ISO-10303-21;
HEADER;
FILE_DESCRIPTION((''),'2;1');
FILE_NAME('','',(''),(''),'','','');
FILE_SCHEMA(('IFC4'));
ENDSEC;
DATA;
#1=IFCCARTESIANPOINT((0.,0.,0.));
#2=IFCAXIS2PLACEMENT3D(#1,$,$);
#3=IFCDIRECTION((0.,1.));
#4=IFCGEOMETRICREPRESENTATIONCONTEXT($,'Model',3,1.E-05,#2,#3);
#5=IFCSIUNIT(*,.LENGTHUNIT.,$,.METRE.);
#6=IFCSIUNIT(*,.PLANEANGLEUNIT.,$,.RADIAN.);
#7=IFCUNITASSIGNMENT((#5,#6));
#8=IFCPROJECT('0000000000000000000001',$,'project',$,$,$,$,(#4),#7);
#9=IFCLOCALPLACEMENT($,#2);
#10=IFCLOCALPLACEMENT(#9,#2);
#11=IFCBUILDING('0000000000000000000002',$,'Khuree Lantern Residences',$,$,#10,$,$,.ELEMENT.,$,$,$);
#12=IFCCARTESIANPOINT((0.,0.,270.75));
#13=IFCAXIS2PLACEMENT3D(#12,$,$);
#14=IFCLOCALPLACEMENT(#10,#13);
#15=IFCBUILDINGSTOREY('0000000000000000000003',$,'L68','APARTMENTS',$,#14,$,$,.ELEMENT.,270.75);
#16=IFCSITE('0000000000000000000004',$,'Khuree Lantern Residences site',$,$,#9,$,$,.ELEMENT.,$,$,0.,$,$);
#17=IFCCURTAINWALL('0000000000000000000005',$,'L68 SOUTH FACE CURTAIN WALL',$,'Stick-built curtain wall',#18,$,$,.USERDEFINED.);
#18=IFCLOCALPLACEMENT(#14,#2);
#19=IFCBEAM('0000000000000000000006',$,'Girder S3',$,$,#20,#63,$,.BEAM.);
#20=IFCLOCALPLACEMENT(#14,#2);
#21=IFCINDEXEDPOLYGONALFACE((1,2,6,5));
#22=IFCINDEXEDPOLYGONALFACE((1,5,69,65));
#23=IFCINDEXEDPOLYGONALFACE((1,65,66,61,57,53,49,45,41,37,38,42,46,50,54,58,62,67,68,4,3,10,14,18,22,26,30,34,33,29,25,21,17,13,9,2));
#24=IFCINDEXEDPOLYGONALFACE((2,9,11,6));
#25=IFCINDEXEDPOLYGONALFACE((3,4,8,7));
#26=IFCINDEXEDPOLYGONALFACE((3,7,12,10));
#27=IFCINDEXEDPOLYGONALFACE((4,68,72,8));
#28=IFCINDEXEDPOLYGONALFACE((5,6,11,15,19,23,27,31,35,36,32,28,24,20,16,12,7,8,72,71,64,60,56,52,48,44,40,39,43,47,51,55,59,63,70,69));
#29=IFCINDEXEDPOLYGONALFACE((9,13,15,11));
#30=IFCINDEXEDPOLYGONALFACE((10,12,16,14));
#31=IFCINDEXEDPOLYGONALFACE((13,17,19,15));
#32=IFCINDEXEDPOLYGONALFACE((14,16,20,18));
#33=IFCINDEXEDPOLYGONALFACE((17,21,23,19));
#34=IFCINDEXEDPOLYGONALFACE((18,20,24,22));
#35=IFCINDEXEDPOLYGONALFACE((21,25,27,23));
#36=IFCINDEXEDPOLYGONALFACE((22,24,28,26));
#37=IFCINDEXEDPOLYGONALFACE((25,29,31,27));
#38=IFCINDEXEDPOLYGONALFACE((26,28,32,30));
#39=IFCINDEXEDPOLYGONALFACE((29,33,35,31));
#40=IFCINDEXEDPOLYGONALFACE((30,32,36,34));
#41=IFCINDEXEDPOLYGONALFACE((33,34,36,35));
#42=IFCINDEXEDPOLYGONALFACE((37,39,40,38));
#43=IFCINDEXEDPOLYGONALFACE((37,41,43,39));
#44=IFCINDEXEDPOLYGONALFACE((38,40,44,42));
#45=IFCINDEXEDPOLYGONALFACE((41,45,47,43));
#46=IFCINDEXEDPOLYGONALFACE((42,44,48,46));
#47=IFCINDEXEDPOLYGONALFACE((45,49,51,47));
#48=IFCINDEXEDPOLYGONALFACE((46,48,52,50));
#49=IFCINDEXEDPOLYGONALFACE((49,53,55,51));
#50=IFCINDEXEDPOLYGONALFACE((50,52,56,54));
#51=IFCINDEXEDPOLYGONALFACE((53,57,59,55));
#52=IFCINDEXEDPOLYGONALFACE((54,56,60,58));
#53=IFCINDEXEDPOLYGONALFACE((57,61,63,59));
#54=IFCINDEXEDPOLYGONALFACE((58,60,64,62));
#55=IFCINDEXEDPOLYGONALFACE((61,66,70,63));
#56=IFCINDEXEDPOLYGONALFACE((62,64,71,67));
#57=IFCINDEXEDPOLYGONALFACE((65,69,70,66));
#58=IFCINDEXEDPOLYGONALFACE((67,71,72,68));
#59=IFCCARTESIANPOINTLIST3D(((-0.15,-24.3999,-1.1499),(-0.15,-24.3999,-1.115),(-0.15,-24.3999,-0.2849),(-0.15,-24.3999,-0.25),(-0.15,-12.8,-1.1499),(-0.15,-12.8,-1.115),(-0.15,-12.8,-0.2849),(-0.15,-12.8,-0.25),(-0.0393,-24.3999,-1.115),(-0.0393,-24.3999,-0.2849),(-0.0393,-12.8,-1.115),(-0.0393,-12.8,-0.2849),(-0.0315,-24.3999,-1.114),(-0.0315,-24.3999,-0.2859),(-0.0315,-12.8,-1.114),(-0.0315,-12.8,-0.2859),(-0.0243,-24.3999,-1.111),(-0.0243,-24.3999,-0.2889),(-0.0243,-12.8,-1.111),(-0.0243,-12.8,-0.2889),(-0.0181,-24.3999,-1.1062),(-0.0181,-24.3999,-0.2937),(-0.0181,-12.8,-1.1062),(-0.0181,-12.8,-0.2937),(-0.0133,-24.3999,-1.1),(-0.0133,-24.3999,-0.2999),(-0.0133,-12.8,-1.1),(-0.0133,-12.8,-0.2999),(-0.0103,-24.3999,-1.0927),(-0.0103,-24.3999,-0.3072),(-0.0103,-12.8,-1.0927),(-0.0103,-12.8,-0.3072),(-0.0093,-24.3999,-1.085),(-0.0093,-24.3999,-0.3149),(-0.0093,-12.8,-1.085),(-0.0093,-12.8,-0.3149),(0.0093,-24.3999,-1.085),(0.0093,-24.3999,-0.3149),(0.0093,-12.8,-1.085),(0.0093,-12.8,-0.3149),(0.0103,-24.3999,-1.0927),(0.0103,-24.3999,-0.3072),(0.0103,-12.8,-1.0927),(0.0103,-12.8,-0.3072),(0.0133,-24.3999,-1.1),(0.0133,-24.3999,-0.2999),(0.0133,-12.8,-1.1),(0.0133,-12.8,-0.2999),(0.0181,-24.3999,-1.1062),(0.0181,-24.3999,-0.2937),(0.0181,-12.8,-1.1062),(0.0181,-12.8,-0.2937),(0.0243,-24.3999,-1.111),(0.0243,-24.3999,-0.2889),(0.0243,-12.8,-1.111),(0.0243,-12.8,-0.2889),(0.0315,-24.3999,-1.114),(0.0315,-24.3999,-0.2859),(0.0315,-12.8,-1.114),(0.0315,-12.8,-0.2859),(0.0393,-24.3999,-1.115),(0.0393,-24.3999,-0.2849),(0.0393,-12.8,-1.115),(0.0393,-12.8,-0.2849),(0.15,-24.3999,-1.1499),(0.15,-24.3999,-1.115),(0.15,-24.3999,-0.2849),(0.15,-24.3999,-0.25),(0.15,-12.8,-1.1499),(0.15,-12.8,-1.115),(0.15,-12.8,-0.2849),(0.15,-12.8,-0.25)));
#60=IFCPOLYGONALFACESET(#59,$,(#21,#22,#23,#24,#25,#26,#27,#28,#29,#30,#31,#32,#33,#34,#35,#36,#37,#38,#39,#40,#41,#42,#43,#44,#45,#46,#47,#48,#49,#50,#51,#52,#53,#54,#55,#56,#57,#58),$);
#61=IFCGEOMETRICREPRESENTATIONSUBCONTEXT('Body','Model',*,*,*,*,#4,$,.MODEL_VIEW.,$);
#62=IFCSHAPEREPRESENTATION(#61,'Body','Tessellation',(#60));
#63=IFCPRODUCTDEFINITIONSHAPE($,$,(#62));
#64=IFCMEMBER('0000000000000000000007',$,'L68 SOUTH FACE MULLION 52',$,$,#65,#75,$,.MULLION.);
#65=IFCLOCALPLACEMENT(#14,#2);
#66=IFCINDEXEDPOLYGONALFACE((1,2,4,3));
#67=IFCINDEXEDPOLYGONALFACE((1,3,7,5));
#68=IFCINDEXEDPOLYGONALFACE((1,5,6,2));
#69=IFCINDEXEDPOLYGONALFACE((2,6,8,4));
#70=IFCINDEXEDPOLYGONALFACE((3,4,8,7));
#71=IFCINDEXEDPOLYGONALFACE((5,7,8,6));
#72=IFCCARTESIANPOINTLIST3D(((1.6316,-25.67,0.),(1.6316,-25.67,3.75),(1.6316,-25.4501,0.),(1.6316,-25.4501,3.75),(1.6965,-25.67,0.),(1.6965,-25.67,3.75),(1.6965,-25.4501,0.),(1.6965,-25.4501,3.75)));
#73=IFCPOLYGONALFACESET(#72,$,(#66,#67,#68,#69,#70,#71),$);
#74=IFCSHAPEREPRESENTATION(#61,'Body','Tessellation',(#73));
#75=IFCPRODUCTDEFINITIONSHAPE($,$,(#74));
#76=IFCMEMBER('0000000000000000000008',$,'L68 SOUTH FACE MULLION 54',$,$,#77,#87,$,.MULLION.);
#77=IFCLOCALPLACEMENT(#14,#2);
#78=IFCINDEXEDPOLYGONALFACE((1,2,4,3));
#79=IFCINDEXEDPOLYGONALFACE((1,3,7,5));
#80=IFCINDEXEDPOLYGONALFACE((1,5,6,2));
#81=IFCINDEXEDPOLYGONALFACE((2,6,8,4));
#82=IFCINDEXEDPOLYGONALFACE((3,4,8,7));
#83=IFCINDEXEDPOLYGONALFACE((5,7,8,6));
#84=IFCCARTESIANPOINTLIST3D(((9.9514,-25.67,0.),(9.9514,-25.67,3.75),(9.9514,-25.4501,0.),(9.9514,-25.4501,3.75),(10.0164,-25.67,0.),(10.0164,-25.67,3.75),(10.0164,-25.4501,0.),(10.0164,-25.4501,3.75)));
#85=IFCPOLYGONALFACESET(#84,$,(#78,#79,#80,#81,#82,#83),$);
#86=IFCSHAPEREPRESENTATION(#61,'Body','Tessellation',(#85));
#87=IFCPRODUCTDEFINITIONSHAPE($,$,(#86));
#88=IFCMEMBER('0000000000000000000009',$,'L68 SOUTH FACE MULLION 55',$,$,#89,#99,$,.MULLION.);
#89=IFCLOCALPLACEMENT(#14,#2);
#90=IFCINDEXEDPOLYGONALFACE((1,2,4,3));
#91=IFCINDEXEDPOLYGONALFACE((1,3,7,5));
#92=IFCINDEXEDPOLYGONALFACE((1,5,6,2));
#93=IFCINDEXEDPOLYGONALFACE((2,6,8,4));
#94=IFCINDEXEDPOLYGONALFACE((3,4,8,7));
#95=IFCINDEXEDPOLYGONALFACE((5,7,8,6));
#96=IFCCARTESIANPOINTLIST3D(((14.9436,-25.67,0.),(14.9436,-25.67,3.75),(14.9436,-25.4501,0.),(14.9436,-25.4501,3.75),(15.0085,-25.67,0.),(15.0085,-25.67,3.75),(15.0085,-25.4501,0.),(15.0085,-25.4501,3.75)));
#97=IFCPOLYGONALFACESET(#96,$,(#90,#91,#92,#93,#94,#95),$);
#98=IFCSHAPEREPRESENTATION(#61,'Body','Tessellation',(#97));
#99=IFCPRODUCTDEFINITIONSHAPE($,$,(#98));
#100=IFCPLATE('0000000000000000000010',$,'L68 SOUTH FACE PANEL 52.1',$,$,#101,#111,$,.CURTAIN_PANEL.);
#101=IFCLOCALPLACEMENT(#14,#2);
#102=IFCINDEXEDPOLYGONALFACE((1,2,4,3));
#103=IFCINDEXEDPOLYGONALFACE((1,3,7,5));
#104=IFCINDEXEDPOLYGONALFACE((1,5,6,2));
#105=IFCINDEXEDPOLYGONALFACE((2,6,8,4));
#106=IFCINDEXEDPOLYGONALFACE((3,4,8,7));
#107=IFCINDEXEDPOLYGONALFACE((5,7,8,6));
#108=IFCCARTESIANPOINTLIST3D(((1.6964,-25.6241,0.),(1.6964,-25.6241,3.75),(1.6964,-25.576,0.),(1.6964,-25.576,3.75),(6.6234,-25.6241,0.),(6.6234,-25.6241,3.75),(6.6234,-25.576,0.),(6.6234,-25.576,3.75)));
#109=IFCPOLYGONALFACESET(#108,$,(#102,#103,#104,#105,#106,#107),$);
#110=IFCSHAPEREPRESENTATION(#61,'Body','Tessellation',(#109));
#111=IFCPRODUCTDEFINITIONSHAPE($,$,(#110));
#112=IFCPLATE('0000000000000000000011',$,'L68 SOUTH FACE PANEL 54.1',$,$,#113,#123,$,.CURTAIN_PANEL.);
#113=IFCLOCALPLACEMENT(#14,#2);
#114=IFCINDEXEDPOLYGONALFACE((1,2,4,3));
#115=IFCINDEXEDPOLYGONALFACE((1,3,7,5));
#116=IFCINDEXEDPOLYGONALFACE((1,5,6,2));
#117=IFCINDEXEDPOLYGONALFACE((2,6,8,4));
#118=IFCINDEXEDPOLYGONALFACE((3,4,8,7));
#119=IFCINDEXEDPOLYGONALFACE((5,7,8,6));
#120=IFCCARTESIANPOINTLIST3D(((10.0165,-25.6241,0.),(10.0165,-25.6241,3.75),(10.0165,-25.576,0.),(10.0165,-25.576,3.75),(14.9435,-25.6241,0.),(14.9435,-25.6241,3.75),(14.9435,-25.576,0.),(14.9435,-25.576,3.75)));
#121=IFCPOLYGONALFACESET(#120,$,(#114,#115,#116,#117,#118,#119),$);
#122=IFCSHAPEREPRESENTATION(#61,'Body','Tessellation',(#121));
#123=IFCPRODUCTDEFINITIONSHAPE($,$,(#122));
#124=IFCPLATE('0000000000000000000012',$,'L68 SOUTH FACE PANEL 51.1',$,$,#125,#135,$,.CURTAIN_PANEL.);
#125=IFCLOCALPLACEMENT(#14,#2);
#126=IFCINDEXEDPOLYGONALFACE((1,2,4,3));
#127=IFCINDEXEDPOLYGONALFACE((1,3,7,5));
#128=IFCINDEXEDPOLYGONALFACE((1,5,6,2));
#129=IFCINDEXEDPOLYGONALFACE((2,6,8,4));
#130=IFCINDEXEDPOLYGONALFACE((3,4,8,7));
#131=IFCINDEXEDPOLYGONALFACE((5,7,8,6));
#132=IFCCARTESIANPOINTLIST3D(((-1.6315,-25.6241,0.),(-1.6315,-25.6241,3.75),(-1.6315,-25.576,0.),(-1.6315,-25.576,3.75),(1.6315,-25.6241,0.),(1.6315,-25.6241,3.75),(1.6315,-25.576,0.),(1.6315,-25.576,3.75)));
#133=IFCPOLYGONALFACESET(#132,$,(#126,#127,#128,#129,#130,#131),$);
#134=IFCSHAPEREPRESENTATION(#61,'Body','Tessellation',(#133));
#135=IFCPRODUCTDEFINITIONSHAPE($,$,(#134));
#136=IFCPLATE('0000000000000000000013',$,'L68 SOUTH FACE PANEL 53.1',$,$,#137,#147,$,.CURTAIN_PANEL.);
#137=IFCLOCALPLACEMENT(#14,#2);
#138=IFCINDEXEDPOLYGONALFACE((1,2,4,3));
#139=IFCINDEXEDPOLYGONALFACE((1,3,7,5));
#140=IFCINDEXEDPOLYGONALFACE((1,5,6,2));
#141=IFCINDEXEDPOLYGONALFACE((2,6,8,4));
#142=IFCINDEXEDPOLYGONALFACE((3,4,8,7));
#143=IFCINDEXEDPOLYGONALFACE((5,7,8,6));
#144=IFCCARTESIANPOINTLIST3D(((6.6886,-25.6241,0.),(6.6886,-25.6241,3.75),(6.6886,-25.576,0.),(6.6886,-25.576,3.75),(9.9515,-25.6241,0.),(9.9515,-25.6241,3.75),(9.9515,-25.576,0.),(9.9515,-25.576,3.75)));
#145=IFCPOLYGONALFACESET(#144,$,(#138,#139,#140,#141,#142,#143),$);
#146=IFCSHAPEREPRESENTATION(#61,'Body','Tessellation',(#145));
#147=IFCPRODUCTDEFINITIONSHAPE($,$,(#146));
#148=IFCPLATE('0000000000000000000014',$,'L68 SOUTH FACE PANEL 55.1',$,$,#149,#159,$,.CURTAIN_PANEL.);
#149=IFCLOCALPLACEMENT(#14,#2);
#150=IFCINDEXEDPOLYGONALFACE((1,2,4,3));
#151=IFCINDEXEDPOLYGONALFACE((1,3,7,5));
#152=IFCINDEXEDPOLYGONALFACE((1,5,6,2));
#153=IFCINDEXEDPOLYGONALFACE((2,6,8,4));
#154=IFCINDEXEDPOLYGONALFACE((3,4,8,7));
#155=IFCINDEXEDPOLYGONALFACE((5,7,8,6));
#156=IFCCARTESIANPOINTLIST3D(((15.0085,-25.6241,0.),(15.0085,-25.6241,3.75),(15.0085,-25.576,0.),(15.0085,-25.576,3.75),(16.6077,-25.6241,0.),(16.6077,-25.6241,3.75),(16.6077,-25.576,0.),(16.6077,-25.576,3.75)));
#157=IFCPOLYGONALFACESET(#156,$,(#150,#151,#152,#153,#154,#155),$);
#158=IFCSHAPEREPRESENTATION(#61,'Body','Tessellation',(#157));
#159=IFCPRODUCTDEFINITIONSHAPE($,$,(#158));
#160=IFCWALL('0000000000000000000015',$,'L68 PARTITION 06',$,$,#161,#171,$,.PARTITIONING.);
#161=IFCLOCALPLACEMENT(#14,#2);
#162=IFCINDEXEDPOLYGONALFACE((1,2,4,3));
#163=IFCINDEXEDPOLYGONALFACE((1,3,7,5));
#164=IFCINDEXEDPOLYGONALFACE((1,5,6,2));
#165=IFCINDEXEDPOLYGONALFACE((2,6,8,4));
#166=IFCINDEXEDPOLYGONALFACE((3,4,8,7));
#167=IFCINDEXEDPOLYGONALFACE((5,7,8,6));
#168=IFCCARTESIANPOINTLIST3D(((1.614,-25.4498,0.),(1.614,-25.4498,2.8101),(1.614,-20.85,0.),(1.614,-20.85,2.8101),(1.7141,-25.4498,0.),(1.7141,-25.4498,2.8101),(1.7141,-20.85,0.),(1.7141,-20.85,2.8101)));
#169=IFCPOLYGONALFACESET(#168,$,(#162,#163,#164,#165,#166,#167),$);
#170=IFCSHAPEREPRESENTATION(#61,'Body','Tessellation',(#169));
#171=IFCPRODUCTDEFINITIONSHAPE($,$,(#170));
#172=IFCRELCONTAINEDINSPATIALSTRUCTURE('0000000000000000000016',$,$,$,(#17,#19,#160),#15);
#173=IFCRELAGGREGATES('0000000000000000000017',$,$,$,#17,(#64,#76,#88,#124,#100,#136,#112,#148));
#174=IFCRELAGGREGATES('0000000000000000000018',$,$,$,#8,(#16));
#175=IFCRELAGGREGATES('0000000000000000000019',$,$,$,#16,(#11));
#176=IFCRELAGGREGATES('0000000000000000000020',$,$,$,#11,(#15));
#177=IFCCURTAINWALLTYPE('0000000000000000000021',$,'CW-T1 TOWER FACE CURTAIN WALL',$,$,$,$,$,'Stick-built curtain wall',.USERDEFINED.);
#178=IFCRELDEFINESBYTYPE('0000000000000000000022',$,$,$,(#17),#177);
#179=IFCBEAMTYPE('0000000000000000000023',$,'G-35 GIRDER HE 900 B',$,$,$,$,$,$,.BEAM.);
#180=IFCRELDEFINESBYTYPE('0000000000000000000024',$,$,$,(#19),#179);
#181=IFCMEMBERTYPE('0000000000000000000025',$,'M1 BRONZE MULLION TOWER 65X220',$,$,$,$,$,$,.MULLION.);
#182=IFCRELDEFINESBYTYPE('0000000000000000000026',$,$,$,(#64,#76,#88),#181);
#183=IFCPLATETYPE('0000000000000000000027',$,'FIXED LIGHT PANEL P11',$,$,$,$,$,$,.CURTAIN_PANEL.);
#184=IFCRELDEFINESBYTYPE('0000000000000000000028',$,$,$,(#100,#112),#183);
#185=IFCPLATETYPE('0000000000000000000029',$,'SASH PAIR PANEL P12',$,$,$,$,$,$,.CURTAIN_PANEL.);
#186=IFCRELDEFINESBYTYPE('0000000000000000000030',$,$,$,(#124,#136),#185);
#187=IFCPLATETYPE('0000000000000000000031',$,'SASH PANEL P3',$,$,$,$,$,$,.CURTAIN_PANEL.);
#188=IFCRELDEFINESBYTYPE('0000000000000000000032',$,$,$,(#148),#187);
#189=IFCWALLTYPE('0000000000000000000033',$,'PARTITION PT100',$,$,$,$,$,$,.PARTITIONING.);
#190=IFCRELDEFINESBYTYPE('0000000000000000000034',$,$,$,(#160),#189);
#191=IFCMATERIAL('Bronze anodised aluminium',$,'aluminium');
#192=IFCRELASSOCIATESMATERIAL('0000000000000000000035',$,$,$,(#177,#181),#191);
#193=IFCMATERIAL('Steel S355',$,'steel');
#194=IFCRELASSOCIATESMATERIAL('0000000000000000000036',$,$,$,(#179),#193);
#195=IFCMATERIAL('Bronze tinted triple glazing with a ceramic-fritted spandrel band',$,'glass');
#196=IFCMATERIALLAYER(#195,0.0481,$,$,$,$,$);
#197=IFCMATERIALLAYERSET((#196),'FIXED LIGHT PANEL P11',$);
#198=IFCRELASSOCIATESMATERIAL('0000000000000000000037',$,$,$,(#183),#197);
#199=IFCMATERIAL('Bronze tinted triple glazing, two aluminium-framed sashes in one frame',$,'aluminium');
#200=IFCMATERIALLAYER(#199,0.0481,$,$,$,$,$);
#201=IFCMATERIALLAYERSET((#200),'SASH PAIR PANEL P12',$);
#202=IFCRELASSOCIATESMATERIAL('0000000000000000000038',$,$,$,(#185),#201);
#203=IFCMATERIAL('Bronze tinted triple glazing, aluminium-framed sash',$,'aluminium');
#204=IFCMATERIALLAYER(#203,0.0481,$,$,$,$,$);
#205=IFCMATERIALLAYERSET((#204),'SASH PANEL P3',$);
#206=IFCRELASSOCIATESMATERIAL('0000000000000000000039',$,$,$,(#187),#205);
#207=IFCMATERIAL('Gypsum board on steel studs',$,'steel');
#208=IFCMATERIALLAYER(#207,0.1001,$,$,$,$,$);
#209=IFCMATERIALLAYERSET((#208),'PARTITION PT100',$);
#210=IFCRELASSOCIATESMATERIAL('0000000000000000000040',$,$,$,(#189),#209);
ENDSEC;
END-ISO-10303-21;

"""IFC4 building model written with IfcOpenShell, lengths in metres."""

from ifc_helpers import new_model, si_unit, direction, frame, frame_2d, origin, origin_2d, place, context, subcontext, project, spatial, rectangle, i_section, extrude, material, layer, layer_set, material_profile, profile_set, type_object, element, aggregate, save


model = new_model("IFC4")

# Units and contexts
model_context = context("Model", 3, precision=1e-05, world=origin(), true_north=direction((0.0, 1.0)))
body_context = subcontext(model_context, "Body", "Model", "MODEL_VIEW")
ifc_project = project(units=[si_unit("LENGTHUNIT", "METRE"), si_unit("PLANEANGLEUNIT", "RADIAN")], contexts=[model_context])

# Site, building, storey
site_placement = place(None, origin())
site = spatial("IfcSite", under=ifc_project, at=site_placement, Name="Khuree Lantern Residences site", CompositionType="ELEMENT", RefElevation=0.0)
building_placement = place(site_placement, origin())
building = spatial("IfcBuilding", under=site, at=building_placement, Name="Khuree Lantern Residences", CompositionType="ELEMENT")
storey_placement = place(building_placement, frame((0.0, 0.0, 270.75)))
storey = spatial("IfcBuildingStorey", under=building, at=storey_placement, Name="L68", Description="APARTMENTS", CompositionType="ELEMENT", Elevation=270.75)

# Shared definitions
ifc_material_1 = material(Name="Steel S355", Category="steel")

# Curtain wall
ifc_material_2 = material(Name="Bronze anodised aluminium", Category="aluminium")
curtain_wall_type = type_object("IfcCurtainWallType", Name="CW-T1 TOWER FACE CURTAIN WALL", ElementType="Stick-built curtain wall", PredefinedType="USERDEFINED", material=ifc_material_2)
curtain_wall_placement = place(storey_placement, origin())
curtain_wall = element("IfcCurtainWall", 1, at=curtain_wall_placement, inside=storey, type_object=curtain_wall_type, Name="L68 SOUTH FACE CURTAIN WALL", ObjectType="Stick-built curtain wall", PredefinedType="USERDEFINED")

# Beam
ifc_material_profile_1 = material_profile(ifc_material_1, i_section(OverallWidth=0.3, OverallDepth=0.8999, WebThickness=0.0186, FlangeThickness=0.0349, FilletRadius=0.03, at=origin_2d()), Name="HE 900 B")
ifc_profile_set_1 = profile_set([ifc_material_profile_1], Name="Steel S355")
beam_type_1 = type_object("IfcBeamType", Name="G-35 GIRDER HE 900 B", PredefinedType="BEAM", material=ifc_profile_set_1)
for number, where, z_axis, x_axis, name in (
    (2, (0.0, -24.3999, -0.7), (0.0, 1.0, 0.0), (-1.0, 0.0, 0.0), "Girder S3"),
):
    element("IfcBeam", number, at=place(storey_placement, frame(where, z_axis=z_axis, x_axis=x_axis)), inside=storey, type_object=beam_type_1, Name=name, PredefinedType="BEAM", context=body_context, shape_type="SweptSolid", body=[
        extrude(i_section(OverallWidth=0.3, OverallDepth=0.8999, WebThickness=0.0186, FlangeThickness=0.0349, FilletRadius=0.03, at=origin_2d()), origin(), (0.0, 0.0, 1.0), 11.5999),
    ])

# Members
ifc_material_profile_2 = material_profile(ifc_material_2, rectangle(XDim=0.0649, YDim=0.22, at=origin_2d()), Name="M1 65X220")
ifc_profile_set_2 = profile_set([ifc_material_profile_2], Name="Bronze anodised aluminium")
member_type_1 = type_object("IfcMemberType", Name="M1 BRONZE MULLION TOWER 65X220", PredefinedType="MULLION", material=ifc_profile_set_2)
member_1_placement = place(storey_placement, frame((1.6641, -25.5601, 0.0), z_axis=(0.0, 0.0, 1.0), x_axis=(1.0, 0.0, 0.0)))
member_1 = element("IfcMember", 3, at=member_1_placement, type_object=member_type_1, Name="L68 SOUTH FACE MULLION 52", PredefinedType="MULLION", context=body_context, shape_type="SweptSolid", body=[
    extrude(rectangle(XDim=0.0649, YDim=0.22, at=origin_2d()), origin(), (0.0, 0.0, 1.0), 3.75),
])
member_2_placement = place(storey_placement, frame((9.9839, -25.5601, 0.0), z_axis=(0.0, 0.0, 1.0), x_axis=(1.0, 0.0, 0.0)))
member_2 = element("IfcMember", 4, at=member_2_placement, type_object=member_type_1, Name="L68 SOUTH FACE MULLION 54", PredefinedType="MULLION", context=body_context, shape_type="SweptSolid", body=[
    extrude(rectangle(XDim=0.0649, YDim=0.22, at=origin_2d()), origin(), (0.0, 0.0, 1.0), 3.75),
])
member_3_placement = place(storey_placement, frame((14.9761, -25.5601, 0.0), z_axis=(0.0, 0.0, 1.0), x_axis=(1.0, 0.0, 0.0)))
member_3 = element("IfcMember", 5, at=member_3_placement, type_object=member_type_1, Name="L68 SOUTH FACE MULLION 55", PredefinedType="MULLION", context=body_context, shape_type="SweptSolid", body=[
    extrude(rectangle(XDim=0.0649, YDim=0.22, at=origin_2d()), origin(), (0.0, 0.0, 1.0), 3.75),
])

# Plates
ifc_material_3 = material(Name="Bronze tinted triple glazing with a ceramic-fritted spandrel band", Category="glass")
ifc_layer_1 = layer(ifc_material_3, 0.0481)
ifc_layer_set_1 = layer_set([ifc_layer_1], Name="FIXED LIGHT PANEL P11")
plate_type_1 = type_object("IfcPlateType", Name="FIXED LIGHT PANEL P11", PredefinedType="CURTAIN_PANEL", material=ifc_layer_set_1)
plate_1_placement = place(storey_placement, frame((4.1599, -25.6001, 0.0), z_axis=(0.0, 0.0, 1.0), x_axis=(1.0, 0.0, 0.0)))
plate_1 = element("IfcPlate", 6, at=plate_1_placement, type_object=plate_type_1, Name="L68 SOUTH FACE PANEL 52.1", PredefinedType="CURTAIN_PANEL", context=body_context, shape_type="SweptSolid", body=[
    extrude(rectangle(XDim=4.927, YDim=0.0481, at=origin_2d()), origin(), (0.0, 0.0, 1.0), 3.75),
])
plate_2_placement = place(storey_placement, frame((12.48, -25.6001, 0.0), z_axis=(0.0, 0.0, 1.0), x_axis=(1.0, 0.0, 0.0)))
plate_2 = element("IfcPlate", 7, at=plate_2_placement, type_object=plate_type_1, Name="L68 SOUTH FACE PANEL 54.1", PredefinedType="CURTAIN_PANEL", context=body_context, shape_type="SweptSolid", body=[
    extrude(rectangle(XDim=4.927, YDim=0.0481, at=origin_2d()), origin(), (0.0, 0.0, 1.0), 3.75),
])
ifc_material_4 = material(Name="Bronze tinted triple glazing, two aluminium-framed sashes in one frame", Category="aluminium")
ifc_layer_2 = layer(ifc_material_4, 0.0481)
ifc_layer_set_2 = layer_set([ifc_layer_2], Name="SASH PAIR PANEL P12")
plate_type_2 = type_object("IfcPlateType", Name="SASH PAIR PANEL P12", PredefinedType="CURTAIN_PANEL", material=ifc_layer_set_2)
plate_3_placement = place(storey_placement, frame((0.0, -25.6001, 0.0), z_axis=(0.0, 0.0, 1.0), x_axis=(1.0, 0.0, 0.0)))
plate_3 = element("IfcPlate", 8, at=plate_3_placement, type_object=plate_type_2, Name="L68 SOUTH FACE PANEL 51.1", PredefinedType="CURTAIN_PANEL", context=body_context, shape_type="SweptSolid", body=[
    extrude(rectangle(XDim=3.2629, YDim=0.0481, at=origin_2d()), origin(), (0.0, 0.0, 1.0), 3.75),
])
plate_4_placement = place(storey_placement, frame((8.3201, -25.6001, 0.0), z_axis=(0.0, 0.0, 1.0), x_axis=(1.0, 0.0, 0.0)))
plate_4 = element("IfcPlate", 9, at=plate_4_placement, type_object=plate_type_2, Name="L68 SOUTH FACE PANEL 53.1", PredefinedType="CURTAIN_PANEL", context=body_context, shape_type="SweptSolid", body=[
    extrude(rectangle(XDim=3.2629, YDim=0.0481, at=origin_2d()), origin(), (0.0, 0.0, 1.0), 3.75),
])
ifc_material_5 = material(Name="Bronze tinted triple glazing, aluminium-framed sash", Category="aluminium")
ifc_layer_3 = layer(ifc_material_5, 0.0481)
ifc_layer_set_3 = layer_set([ifc_layer_3], Name="SASH PANEL P3")
plate_type_3 = type_object("IfcPlateType", Name="SASH PANEL P3", PredefinedType="CURTAIN_PANEL", material=ifc_layer_set_3)
plate_5_placement = place(storey_placement, frame((15.8081, -25.6001, 0.0), z_axis=(0.0, 0.0, 1.0), x_axis=(1.0, 0.0, 0.0)))
plate_5 = element("IfcPlate", 10, at=plate_5_placement, type_object=plate_type_3, Name="L68 SOUTH FACE PANEL 55.1", PredefinedType="CURTAIN_PANEL", context=body_context, shape_type="SweptSolid", body=[
    extrude(rectangle(XDim=1.5991, YDim=0.0481, at=origin_2d()), origin(), (0.0, 0.0, 1.0), 3.75),
])
aggregate(curtain_wall, [member_1, member_2, member_3, plate_3, plate_1, plate_4, plate_2, plate_5])

# Wall
ifc_material_6 = material(Name="Gypsum board on steel studs", Category="steel")
ifc_layer_4 = layer(ifc_material_6, 0.1001)
ifc_layer_set_4 = layer_set([ifc_layer_4], Name="PARTITION PT100")
wall_type = type_object("IfcWallType", Name="PARTITION PT100", PredefinedType="PARTITIONING", material=ifc_layer_set_4)
wall_1_placement = place(storey_placement, frame((1.6641, -20.8501, 0.0), z_axis=(0.0, 0.0, 1.0), x_axis=(0.0, -1.0, 0.0)))
element("IfcWall", 11, at=wall_1_placement, inside=storey, type_object=wall_type, Name="L68 PARTITION 06", PredefinedType="PARTITIONING", context=body_context, shape_type="SweptSolid", body=[
    extrude(rectangle(XDim=4.5999, YDim=0.1001, at=frame_2d((2.2998, 0.0))), origin(), (0.0, 0.0, 1.0), 2.8101),
])

save(model, "model.ifc")
